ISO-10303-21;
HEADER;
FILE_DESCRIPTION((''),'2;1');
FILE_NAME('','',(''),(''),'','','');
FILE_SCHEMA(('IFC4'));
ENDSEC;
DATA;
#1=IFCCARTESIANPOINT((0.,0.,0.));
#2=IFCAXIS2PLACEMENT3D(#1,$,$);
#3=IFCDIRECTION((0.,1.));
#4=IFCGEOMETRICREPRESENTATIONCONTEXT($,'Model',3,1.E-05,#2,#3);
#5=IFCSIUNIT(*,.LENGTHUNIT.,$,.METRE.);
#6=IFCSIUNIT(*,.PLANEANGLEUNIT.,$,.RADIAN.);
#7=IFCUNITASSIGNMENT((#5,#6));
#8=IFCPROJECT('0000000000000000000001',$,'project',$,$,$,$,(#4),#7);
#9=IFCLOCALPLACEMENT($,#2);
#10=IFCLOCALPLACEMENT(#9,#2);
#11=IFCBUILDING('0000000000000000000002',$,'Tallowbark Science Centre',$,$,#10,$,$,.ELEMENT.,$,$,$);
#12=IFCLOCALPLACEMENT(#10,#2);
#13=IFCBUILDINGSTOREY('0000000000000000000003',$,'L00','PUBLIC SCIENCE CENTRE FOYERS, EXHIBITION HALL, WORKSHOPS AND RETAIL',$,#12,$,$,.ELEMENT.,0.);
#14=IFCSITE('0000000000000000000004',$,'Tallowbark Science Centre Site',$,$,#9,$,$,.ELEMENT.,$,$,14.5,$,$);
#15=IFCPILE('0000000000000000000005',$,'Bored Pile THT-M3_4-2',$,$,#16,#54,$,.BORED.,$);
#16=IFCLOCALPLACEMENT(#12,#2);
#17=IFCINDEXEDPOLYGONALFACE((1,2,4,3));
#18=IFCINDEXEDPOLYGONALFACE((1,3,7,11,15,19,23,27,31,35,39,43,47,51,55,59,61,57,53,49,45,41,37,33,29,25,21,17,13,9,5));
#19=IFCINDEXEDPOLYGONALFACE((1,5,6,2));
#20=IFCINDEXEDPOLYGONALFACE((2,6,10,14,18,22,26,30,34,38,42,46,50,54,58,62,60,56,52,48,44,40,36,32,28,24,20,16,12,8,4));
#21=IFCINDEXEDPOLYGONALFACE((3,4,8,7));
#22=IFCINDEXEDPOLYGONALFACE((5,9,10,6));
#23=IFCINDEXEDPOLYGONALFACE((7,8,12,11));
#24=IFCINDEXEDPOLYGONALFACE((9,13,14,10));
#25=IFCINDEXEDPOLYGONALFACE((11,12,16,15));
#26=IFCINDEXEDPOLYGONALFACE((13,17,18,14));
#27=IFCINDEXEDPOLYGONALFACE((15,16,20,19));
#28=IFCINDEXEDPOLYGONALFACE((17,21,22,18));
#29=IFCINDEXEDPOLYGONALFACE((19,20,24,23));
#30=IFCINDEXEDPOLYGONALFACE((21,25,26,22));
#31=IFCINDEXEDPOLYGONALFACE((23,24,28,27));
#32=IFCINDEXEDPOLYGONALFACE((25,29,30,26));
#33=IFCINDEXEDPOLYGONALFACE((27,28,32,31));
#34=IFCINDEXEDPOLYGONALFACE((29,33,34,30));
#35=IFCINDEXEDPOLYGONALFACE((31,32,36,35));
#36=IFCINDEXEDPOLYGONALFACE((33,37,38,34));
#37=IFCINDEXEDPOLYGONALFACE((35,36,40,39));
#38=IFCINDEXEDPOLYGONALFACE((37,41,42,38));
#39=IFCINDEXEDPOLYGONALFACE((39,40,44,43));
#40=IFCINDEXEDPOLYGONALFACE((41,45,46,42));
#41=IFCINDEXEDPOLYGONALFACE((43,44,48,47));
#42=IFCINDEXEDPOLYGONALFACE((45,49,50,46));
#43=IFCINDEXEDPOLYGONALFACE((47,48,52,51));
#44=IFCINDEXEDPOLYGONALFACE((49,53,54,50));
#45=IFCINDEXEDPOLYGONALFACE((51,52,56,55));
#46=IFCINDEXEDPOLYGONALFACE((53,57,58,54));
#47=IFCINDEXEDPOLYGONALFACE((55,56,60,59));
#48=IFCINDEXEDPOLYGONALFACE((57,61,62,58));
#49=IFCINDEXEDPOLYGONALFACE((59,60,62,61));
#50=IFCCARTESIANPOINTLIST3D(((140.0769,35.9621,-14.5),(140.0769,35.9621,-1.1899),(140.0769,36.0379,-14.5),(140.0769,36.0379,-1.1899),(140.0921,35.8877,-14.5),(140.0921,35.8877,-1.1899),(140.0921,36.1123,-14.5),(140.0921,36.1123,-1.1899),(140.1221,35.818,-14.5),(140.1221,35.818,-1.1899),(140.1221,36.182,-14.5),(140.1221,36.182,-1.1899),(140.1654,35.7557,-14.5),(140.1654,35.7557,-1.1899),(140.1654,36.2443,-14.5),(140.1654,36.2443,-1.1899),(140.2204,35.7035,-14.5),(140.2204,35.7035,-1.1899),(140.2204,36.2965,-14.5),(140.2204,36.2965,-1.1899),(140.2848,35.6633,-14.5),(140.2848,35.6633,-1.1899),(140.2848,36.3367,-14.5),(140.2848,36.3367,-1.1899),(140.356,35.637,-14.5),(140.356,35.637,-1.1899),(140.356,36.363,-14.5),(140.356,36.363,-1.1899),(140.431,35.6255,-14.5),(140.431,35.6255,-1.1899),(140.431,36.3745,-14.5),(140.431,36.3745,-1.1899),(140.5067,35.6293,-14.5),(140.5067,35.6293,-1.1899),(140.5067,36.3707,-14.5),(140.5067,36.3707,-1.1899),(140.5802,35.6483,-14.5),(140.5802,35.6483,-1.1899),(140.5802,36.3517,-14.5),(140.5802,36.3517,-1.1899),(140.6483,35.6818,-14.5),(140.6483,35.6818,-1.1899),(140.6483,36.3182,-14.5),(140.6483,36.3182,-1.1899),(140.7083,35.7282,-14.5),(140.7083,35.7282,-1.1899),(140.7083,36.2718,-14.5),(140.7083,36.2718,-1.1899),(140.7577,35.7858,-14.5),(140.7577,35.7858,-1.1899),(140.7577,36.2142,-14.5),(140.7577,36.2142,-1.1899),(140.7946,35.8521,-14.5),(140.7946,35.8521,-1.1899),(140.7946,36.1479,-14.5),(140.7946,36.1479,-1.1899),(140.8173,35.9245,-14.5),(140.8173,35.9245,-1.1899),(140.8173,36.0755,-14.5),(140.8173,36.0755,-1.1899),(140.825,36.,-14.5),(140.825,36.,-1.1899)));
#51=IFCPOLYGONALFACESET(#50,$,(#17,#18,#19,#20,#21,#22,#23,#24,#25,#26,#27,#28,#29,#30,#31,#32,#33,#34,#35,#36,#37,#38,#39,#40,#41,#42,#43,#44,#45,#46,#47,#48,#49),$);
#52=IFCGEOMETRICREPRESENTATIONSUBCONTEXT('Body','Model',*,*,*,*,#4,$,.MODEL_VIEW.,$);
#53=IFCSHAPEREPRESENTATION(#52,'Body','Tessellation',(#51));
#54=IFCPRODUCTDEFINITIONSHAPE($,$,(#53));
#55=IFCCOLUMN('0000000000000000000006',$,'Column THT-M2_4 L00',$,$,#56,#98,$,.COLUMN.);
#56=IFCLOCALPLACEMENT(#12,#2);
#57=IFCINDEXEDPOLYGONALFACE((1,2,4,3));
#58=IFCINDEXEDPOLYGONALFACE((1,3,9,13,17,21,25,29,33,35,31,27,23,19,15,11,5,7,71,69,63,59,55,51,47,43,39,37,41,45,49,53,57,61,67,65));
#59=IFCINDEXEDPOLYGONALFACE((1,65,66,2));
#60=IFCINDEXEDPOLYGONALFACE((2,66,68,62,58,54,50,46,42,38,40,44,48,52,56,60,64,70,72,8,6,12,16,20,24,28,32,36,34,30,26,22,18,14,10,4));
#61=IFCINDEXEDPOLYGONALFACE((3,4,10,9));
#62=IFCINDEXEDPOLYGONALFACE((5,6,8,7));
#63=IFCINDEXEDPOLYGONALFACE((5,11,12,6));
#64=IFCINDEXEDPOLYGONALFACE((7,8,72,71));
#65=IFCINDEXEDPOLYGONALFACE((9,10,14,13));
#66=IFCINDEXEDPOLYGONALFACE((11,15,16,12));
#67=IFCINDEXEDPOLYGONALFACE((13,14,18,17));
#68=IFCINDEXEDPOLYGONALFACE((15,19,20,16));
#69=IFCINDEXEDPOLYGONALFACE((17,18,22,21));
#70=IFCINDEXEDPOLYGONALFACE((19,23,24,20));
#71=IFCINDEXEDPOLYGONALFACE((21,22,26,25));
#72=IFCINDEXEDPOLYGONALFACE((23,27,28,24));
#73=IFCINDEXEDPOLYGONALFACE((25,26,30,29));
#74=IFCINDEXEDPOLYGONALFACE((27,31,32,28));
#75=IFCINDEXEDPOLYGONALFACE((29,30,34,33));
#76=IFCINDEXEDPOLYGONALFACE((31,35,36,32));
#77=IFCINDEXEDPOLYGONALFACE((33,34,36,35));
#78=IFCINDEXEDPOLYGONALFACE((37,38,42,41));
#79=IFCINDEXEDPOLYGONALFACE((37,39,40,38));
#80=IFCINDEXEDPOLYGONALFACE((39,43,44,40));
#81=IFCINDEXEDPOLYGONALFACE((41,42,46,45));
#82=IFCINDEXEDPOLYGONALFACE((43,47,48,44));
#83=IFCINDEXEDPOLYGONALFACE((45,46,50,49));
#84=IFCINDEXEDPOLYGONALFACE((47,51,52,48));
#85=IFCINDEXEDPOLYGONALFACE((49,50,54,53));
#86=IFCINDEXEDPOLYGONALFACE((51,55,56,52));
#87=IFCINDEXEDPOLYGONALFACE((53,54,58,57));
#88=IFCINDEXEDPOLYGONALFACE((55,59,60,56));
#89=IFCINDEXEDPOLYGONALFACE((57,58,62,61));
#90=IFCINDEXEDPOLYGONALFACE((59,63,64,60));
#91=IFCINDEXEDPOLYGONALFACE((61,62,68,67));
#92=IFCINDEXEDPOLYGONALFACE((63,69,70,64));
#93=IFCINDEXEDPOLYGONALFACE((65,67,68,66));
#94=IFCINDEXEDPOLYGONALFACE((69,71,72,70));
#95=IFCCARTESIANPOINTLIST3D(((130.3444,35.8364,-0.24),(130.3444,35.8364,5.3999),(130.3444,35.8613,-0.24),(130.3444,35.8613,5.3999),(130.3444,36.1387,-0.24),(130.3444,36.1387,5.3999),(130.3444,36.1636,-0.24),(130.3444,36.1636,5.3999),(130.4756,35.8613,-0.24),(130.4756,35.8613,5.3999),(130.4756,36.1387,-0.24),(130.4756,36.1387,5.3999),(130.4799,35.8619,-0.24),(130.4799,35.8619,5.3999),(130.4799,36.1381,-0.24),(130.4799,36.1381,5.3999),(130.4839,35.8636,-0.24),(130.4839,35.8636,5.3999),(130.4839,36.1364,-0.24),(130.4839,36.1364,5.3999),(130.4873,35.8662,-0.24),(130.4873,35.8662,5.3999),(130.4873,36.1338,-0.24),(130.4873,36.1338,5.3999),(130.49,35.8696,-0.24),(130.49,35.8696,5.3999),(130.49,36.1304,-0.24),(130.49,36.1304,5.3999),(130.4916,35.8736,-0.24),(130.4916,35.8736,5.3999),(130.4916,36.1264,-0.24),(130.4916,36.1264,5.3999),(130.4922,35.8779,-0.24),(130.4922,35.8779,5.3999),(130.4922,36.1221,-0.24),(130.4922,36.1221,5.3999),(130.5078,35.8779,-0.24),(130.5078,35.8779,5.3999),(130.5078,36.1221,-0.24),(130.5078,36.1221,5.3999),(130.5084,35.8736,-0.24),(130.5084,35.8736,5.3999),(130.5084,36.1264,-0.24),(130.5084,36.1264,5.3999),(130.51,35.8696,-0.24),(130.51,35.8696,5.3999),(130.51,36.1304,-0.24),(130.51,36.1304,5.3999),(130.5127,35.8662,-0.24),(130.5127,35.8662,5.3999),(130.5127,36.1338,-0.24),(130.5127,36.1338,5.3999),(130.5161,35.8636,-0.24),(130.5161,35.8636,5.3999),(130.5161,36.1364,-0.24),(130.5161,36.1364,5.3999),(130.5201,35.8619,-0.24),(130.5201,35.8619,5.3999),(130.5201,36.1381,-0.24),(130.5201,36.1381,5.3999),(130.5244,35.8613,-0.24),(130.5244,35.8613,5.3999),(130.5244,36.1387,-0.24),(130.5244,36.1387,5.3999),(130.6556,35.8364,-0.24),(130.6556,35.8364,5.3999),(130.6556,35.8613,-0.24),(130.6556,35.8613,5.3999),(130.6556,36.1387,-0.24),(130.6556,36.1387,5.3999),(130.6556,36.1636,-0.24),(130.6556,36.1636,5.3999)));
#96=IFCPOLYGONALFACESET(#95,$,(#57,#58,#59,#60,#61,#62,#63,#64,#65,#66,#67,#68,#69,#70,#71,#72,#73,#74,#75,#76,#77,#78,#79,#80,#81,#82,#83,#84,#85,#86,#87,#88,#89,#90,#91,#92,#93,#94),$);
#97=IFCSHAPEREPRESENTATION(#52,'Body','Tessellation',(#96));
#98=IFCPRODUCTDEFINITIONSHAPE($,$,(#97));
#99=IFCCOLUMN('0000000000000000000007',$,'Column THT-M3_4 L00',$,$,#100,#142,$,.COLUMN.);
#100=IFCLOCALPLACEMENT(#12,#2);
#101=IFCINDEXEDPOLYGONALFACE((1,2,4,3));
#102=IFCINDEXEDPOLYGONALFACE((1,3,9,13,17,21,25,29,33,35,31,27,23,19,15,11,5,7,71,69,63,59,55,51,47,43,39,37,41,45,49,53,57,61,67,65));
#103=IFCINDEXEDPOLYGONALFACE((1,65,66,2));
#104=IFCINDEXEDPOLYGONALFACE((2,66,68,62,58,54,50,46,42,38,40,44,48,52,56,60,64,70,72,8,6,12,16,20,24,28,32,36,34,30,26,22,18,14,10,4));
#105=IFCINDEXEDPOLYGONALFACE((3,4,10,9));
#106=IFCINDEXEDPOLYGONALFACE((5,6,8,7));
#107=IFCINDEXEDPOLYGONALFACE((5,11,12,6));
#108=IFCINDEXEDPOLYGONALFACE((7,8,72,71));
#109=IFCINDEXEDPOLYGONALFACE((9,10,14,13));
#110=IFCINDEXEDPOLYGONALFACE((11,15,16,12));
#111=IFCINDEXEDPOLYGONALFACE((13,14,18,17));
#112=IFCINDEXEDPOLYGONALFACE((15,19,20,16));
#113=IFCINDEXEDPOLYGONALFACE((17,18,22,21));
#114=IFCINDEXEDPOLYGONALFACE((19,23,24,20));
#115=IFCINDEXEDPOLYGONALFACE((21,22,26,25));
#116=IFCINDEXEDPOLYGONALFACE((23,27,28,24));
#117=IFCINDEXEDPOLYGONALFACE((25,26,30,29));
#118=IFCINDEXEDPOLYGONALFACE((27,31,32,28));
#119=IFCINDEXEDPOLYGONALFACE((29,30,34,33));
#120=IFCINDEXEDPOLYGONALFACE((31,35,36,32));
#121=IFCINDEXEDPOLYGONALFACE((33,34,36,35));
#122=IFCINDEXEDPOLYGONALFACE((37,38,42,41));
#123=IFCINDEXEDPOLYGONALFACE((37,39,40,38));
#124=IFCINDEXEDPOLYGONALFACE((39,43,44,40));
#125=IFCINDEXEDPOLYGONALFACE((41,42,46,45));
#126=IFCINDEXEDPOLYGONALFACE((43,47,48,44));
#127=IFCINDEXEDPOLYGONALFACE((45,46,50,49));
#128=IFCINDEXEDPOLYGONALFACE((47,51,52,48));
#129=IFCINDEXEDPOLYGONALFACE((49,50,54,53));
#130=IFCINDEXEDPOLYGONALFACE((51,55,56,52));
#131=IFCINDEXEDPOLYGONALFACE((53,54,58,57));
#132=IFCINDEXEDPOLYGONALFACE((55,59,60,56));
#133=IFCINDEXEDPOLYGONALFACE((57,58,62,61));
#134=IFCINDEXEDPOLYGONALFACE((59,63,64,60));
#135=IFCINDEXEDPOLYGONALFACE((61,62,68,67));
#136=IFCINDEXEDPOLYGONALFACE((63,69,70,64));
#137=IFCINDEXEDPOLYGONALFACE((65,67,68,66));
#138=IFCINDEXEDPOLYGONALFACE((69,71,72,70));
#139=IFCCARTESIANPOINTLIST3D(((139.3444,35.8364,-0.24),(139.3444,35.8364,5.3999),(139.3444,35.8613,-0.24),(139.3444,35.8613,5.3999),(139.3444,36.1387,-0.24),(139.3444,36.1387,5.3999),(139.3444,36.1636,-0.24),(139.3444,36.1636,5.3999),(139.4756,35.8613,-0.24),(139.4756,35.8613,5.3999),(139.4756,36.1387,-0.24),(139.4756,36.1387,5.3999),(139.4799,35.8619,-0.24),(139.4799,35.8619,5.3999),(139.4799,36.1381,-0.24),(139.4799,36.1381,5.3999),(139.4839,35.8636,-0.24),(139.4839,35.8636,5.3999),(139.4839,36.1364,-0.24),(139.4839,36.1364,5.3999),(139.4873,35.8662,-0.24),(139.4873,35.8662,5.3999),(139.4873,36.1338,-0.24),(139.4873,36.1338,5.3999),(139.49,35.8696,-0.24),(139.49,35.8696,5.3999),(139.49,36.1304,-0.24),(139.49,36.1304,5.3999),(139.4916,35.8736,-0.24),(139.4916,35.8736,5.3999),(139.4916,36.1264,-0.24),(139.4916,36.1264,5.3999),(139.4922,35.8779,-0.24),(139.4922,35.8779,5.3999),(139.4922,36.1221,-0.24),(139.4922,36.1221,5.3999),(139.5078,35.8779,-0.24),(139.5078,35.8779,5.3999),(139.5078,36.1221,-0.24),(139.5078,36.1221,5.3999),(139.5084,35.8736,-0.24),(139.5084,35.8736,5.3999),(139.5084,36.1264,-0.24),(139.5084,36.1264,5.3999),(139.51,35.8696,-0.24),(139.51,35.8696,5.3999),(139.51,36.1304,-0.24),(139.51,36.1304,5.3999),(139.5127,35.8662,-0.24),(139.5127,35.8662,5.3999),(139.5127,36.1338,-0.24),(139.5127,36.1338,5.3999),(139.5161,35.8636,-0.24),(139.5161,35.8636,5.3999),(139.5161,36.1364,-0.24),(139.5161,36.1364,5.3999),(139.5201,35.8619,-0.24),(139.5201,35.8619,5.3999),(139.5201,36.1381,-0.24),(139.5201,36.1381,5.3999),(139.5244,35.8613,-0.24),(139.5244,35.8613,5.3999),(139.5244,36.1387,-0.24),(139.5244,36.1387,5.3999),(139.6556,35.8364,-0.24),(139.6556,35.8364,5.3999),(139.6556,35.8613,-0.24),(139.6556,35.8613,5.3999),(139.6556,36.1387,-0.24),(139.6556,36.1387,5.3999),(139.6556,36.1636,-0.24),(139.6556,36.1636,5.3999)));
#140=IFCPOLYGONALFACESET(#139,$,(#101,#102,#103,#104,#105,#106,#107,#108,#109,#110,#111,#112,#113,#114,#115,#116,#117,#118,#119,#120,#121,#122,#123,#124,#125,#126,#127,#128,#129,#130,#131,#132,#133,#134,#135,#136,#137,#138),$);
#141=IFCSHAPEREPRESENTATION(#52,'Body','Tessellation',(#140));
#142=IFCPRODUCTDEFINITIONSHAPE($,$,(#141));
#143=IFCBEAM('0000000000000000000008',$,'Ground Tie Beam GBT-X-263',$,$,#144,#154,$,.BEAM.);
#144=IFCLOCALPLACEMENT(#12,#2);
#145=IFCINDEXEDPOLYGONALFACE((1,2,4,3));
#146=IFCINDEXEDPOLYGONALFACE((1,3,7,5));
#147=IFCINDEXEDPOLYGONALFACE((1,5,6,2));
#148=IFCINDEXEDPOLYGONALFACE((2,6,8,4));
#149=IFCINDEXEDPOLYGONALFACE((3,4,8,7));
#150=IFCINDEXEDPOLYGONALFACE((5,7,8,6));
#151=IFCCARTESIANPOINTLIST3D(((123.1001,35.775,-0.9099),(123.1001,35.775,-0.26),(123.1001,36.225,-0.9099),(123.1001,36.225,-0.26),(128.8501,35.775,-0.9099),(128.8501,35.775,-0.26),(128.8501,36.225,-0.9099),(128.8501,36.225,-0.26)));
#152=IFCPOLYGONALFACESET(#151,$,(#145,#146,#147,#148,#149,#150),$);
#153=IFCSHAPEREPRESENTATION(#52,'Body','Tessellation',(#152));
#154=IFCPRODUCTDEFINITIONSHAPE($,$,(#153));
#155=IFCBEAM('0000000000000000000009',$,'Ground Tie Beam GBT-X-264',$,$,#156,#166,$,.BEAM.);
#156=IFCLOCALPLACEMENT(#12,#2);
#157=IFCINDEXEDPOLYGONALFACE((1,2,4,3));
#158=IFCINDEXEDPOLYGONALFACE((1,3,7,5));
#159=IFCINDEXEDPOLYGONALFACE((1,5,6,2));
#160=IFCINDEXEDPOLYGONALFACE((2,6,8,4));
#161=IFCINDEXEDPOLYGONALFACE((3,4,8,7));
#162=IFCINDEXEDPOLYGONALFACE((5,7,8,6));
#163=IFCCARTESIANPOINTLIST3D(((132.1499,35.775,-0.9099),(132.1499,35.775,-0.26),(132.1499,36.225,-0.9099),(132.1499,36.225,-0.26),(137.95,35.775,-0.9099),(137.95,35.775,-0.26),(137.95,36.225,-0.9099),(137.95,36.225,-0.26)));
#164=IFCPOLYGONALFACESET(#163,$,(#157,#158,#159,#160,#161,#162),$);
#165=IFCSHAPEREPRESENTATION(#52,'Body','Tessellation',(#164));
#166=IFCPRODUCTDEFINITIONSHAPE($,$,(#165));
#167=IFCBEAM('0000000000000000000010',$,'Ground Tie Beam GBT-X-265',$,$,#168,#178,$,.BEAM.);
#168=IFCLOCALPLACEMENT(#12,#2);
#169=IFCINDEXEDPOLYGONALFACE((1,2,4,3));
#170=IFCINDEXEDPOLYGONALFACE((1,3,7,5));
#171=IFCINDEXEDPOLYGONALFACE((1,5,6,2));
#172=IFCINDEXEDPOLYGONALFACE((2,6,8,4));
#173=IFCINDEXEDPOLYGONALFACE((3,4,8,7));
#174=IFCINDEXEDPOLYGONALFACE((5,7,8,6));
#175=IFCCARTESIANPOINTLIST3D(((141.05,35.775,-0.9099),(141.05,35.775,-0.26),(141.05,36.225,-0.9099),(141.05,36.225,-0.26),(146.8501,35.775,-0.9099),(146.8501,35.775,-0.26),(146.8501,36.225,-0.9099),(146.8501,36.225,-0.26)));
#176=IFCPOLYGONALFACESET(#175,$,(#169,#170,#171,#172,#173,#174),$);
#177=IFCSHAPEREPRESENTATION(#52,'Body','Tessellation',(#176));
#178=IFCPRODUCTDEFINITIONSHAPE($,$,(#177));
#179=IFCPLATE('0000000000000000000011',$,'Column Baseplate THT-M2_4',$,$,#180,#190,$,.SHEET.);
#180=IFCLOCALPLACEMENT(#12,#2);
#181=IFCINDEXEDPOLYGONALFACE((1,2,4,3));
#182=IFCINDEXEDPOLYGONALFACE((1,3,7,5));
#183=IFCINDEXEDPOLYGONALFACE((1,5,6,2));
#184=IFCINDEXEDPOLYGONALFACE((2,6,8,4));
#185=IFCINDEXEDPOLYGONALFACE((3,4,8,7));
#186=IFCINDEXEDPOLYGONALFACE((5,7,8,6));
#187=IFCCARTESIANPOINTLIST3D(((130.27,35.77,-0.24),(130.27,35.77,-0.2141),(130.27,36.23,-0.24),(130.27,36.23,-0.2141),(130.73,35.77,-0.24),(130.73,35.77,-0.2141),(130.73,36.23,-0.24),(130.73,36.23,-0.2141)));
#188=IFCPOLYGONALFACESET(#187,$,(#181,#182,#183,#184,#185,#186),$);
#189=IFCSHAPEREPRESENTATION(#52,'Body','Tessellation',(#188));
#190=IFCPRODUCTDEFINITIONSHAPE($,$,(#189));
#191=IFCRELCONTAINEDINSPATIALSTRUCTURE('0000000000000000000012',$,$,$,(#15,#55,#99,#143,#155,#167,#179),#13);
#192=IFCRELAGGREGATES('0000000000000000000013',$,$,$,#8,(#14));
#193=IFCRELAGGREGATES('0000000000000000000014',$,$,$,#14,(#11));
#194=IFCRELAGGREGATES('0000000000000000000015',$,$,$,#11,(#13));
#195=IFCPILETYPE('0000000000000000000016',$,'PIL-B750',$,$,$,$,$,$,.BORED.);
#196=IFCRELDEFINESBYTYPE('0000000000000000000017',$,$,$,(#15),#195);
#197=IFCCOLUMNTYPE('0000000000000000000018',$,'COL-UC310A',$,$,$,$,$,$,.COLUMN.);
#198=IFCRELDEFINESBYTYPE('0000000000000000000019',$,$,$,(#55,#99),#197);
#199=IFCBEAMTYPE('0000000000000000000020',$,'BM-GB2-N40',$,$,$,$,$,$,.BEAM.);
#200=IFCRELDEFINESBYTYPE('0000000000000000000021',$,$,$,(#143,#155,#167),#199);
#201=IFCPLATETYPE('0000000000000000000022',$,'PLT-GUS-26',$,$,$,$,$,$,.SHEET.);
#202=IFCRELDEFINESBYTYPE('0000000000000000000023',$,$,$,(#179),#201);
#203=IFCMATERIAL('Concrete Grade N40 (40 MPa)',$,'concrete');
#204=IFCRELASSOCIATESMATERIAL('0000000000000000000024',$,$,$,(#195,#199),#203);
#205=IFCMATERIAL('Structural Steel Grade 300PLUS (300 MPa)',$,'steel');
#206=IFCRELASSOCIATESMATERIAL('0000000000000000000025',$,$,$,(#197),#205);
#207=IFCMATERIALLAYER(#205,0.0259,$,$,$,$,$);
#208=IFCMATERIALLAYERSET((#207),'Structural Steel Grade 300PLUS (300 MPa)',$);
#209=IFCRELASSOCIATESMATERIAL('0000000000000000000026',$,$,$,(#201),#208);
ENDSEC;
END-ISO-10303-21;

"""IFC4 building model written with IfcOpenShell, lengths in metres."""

from ifc_helpers import new_model, si_unit, direction, frame, origin, origin_2d, place, context, subcontext, project, spatial, rectangle, circle, i_section, extrude, material, layer, layer_set, material_profile, profile_set, type_object, element, save


model = new_model("IFC4")

# Units and contexts
model_context = context("Model", 3, precision=1e-05, world=origin(), true_north=direction((0.0, 1.0)))
body_context = subcontext(model_context, "Body", "Model", "MODEL_VIEW")
ifc_project = project(units=[si_unit("LENGTHUNIT", "METRE"), si_unit("PLANEANGLEUNIT", "RADIAN")], contexts=[model_context])

# Site, building, storey
site_placement = place(None, origin())
site = spatial("IfcSite", under=ifc_project, at=site_placement, Name="Tallowbark Science Centre Site", CompositionType="ELEMENT", RefElevation=14.5)
building_placement = place(site_placement, origin())
building = spatial("IfcBuilding", under=site, at=building_placement, Name="Tallowbark Science Centre", CompositionType="ELEMENT")
storey_placement = place(building_placement, origin())
storey = spatial("IfcBuildingStorey", under=building, at=storey_placement, Name="L00", Description="PUBLIC SCIENCE CENTRE FOYERS, EXHIBITION HALL, WORKSHOPS AND RETAIL", CompositionType="ELEMENT", Elevation=0.0)

# Shared definitions
ifc_material_1 = material(Name="Concrete Grade N40 (40 MPa)", Category="concrete")

# Pile
ifc_material_profile_1 = material_profile(ifc_material_1, circle(Radius=0.375, at=origin_2d()), Name="PILE750")
ifc_profile_set_1 = profile_set([ifc_material_profile_1], Name="Concrete Grade N40 (40 MPa)")
pile_type = type_object("IfcPileType", Name="PIL-B750", PredefinedType="BORED", material=ifc_profile_set_1)
for number, where, z_axis, x_axis, name in (
    (1, (140.45, 36.0, -1.1899), (0.0, 0.0, -1.0), (1.0, 0.0, 0.0), "Bored Pile THT-M3_4-2"),
):
    element("IfcPile", number, at=place(storey_placement, frame(where, z_axis=z_axis, x_axis=x_axis)), inside=storey, type_object=pile_type, Name=name, PredefinedType="BORED", context=body_context, shape_type="SweptSolid", body=[
        extrude(circle(Radius=0.375, at=origin_2d()), origin(), (0.0, 0.0, 1.0), 13.3101),
    ])

# Columns
ifc_material_2 = material(Name="Structural Steel Grade 300PLUS (300 MPa)", Category="steel")
ifc_material_profile_2 = material_profile(ifc_material_2, i_section(OverallWidth=0.3113, OverallDepth=0.3271, WebThickness=0.0156, FlangeThickness=0.0249, FilletRadius=0.0166, at=origin_2d()), Name="310UC158")
ifc_profile_set_2 = profile_set([ifc_material_profile_2], Name="Structural Steel Grade 300PLUS (300 MPa)")
column_type = type_object("IfcColumnType", Name="COL-UC310A", PredefinedType="COLUMN", material=ifc_profile_set_2)
for number, where, z_axis, x_axis, name in (
    (2, (130.5, 36.0, -0.24), (0.0, 0.0, 1.0), (1.0, 0.0, 0.0), "Column THT-M2_4 L00"),
    (3, (139.5, 36.0, -0.24), (0.0, 0.0, 1.0), (1.0, 0.0, 0.0), "Column THT-M3_4 L00"),
):
    element("IfcColumn", number, at=place(storey_placement, frame(where, z_axis=z_axis, x_axis=x_axis)), inside=storey, type_object=column_type, Name=name, PredefinedType="COLUMN", context=body_context, shape_type="SweptSolid", body=[
        extrude(i_section(OverallWidth=0.3113, OverallDepth=0.3271, WebThickness=0.0156, FlangeThickness=0.0249, FilletRadius=0.0166, at=origin_2d()), origin(), (0.0, 0.0, 1.0), 5.6399),
    ])

# Beams
ifc_material_profile_3 = material_profile(ifc_material_1, rectangle(XDim=0.45, YDim=0.6499, at=origin_2d()), Name="RC450x650")
ifc_profile_set_3 = profile_set([ifc_material_profile_3], Name="Concrete Grade N40 (40 MPa)")
beam_type = type_object("IfcBeamType", Name="BM-GB2-N40", PredefinedType="BEAM", material=ifc_profile_set_3)
beam_placement = place(storey_placement, frame((123.1001, 36.0, -0.585), z_axis=(1.0, 0.0, 0.0), x_axis=(0.0, 1.0, 0.0)))
element("IfcBeam", 4, at=beam_placement, inside=storey, type_object=beam_type, Name="Ground Tie Beam GBT-X-263", PredefinedType="BEAM", context=body_context, shape_type="SweptSolid", body=[
    extrude(rectangle(XDim=0.45, YDim=0.6499, at=origin_2d()), origin(), (0.0, 0.0, 1.0), 5.75),
])
for number, where, z_axis, x_axis, name in (
    (5, (132.1499, 36.0, -0.585), (1.0, 0.0, 0.0), (0.0, 1.0, 0.0), "Ground Tie Beam GBT-X-264"),
    (6, (141.05, 36.0, -0.585), (1.0, 0.0, 0.0), (0.0, 1.0, 0.0), "Ground Tie Beam GBT-X-265"),
):
    element("IfcBeam", number, at=place(storey_placement, frame(where, z_axis=z_axis, x_axis=x_axis)), inside=storey, type_object=beam_type, Name=name, PredefinedType="BEAM", context=body_context, shape_type="SweptSolid", body=[
        extrude(rectangle(XDim=0.45, YDim=0.6499, at=origin_2d()), origin(), (0.0, 0.0, 1.0), 5.8),
    ])

# Plate
ifc_layer_1 = layer(ifc_material_2, 0.0259)
ifc_layer_set_1 = layer_set([ifc_layer_1], Name="Structural Steel Grade 300PLUS (300 MPa)")
plate_type = type_object("IfcPlateType", Name="PLT-GUS-26", PredefinedType="SHEET", material=ifc_layer_set_1)
plate_placement = place(storey_placement, frame((130.5, 36.0, -0.24), z_axis=(0.0, 0.0, 1.0), x_axis=(1.0, 0.0, 0.0)))
element("IfcPlate", 7, at=plate_placement, inside=storey, type_object=plate_type, Name="Column Baseplate THT-M2_4", PredefinedType="SHEET", context=body_context, shape_type="SweptSolid", body=[
    extrude(rectangle(XDim=0.46, YDim=0.46, at=origin_2d()), origin(), (0.0, 0.0, 1.0), 0.0259),
])

save(model, "model.ifc")
